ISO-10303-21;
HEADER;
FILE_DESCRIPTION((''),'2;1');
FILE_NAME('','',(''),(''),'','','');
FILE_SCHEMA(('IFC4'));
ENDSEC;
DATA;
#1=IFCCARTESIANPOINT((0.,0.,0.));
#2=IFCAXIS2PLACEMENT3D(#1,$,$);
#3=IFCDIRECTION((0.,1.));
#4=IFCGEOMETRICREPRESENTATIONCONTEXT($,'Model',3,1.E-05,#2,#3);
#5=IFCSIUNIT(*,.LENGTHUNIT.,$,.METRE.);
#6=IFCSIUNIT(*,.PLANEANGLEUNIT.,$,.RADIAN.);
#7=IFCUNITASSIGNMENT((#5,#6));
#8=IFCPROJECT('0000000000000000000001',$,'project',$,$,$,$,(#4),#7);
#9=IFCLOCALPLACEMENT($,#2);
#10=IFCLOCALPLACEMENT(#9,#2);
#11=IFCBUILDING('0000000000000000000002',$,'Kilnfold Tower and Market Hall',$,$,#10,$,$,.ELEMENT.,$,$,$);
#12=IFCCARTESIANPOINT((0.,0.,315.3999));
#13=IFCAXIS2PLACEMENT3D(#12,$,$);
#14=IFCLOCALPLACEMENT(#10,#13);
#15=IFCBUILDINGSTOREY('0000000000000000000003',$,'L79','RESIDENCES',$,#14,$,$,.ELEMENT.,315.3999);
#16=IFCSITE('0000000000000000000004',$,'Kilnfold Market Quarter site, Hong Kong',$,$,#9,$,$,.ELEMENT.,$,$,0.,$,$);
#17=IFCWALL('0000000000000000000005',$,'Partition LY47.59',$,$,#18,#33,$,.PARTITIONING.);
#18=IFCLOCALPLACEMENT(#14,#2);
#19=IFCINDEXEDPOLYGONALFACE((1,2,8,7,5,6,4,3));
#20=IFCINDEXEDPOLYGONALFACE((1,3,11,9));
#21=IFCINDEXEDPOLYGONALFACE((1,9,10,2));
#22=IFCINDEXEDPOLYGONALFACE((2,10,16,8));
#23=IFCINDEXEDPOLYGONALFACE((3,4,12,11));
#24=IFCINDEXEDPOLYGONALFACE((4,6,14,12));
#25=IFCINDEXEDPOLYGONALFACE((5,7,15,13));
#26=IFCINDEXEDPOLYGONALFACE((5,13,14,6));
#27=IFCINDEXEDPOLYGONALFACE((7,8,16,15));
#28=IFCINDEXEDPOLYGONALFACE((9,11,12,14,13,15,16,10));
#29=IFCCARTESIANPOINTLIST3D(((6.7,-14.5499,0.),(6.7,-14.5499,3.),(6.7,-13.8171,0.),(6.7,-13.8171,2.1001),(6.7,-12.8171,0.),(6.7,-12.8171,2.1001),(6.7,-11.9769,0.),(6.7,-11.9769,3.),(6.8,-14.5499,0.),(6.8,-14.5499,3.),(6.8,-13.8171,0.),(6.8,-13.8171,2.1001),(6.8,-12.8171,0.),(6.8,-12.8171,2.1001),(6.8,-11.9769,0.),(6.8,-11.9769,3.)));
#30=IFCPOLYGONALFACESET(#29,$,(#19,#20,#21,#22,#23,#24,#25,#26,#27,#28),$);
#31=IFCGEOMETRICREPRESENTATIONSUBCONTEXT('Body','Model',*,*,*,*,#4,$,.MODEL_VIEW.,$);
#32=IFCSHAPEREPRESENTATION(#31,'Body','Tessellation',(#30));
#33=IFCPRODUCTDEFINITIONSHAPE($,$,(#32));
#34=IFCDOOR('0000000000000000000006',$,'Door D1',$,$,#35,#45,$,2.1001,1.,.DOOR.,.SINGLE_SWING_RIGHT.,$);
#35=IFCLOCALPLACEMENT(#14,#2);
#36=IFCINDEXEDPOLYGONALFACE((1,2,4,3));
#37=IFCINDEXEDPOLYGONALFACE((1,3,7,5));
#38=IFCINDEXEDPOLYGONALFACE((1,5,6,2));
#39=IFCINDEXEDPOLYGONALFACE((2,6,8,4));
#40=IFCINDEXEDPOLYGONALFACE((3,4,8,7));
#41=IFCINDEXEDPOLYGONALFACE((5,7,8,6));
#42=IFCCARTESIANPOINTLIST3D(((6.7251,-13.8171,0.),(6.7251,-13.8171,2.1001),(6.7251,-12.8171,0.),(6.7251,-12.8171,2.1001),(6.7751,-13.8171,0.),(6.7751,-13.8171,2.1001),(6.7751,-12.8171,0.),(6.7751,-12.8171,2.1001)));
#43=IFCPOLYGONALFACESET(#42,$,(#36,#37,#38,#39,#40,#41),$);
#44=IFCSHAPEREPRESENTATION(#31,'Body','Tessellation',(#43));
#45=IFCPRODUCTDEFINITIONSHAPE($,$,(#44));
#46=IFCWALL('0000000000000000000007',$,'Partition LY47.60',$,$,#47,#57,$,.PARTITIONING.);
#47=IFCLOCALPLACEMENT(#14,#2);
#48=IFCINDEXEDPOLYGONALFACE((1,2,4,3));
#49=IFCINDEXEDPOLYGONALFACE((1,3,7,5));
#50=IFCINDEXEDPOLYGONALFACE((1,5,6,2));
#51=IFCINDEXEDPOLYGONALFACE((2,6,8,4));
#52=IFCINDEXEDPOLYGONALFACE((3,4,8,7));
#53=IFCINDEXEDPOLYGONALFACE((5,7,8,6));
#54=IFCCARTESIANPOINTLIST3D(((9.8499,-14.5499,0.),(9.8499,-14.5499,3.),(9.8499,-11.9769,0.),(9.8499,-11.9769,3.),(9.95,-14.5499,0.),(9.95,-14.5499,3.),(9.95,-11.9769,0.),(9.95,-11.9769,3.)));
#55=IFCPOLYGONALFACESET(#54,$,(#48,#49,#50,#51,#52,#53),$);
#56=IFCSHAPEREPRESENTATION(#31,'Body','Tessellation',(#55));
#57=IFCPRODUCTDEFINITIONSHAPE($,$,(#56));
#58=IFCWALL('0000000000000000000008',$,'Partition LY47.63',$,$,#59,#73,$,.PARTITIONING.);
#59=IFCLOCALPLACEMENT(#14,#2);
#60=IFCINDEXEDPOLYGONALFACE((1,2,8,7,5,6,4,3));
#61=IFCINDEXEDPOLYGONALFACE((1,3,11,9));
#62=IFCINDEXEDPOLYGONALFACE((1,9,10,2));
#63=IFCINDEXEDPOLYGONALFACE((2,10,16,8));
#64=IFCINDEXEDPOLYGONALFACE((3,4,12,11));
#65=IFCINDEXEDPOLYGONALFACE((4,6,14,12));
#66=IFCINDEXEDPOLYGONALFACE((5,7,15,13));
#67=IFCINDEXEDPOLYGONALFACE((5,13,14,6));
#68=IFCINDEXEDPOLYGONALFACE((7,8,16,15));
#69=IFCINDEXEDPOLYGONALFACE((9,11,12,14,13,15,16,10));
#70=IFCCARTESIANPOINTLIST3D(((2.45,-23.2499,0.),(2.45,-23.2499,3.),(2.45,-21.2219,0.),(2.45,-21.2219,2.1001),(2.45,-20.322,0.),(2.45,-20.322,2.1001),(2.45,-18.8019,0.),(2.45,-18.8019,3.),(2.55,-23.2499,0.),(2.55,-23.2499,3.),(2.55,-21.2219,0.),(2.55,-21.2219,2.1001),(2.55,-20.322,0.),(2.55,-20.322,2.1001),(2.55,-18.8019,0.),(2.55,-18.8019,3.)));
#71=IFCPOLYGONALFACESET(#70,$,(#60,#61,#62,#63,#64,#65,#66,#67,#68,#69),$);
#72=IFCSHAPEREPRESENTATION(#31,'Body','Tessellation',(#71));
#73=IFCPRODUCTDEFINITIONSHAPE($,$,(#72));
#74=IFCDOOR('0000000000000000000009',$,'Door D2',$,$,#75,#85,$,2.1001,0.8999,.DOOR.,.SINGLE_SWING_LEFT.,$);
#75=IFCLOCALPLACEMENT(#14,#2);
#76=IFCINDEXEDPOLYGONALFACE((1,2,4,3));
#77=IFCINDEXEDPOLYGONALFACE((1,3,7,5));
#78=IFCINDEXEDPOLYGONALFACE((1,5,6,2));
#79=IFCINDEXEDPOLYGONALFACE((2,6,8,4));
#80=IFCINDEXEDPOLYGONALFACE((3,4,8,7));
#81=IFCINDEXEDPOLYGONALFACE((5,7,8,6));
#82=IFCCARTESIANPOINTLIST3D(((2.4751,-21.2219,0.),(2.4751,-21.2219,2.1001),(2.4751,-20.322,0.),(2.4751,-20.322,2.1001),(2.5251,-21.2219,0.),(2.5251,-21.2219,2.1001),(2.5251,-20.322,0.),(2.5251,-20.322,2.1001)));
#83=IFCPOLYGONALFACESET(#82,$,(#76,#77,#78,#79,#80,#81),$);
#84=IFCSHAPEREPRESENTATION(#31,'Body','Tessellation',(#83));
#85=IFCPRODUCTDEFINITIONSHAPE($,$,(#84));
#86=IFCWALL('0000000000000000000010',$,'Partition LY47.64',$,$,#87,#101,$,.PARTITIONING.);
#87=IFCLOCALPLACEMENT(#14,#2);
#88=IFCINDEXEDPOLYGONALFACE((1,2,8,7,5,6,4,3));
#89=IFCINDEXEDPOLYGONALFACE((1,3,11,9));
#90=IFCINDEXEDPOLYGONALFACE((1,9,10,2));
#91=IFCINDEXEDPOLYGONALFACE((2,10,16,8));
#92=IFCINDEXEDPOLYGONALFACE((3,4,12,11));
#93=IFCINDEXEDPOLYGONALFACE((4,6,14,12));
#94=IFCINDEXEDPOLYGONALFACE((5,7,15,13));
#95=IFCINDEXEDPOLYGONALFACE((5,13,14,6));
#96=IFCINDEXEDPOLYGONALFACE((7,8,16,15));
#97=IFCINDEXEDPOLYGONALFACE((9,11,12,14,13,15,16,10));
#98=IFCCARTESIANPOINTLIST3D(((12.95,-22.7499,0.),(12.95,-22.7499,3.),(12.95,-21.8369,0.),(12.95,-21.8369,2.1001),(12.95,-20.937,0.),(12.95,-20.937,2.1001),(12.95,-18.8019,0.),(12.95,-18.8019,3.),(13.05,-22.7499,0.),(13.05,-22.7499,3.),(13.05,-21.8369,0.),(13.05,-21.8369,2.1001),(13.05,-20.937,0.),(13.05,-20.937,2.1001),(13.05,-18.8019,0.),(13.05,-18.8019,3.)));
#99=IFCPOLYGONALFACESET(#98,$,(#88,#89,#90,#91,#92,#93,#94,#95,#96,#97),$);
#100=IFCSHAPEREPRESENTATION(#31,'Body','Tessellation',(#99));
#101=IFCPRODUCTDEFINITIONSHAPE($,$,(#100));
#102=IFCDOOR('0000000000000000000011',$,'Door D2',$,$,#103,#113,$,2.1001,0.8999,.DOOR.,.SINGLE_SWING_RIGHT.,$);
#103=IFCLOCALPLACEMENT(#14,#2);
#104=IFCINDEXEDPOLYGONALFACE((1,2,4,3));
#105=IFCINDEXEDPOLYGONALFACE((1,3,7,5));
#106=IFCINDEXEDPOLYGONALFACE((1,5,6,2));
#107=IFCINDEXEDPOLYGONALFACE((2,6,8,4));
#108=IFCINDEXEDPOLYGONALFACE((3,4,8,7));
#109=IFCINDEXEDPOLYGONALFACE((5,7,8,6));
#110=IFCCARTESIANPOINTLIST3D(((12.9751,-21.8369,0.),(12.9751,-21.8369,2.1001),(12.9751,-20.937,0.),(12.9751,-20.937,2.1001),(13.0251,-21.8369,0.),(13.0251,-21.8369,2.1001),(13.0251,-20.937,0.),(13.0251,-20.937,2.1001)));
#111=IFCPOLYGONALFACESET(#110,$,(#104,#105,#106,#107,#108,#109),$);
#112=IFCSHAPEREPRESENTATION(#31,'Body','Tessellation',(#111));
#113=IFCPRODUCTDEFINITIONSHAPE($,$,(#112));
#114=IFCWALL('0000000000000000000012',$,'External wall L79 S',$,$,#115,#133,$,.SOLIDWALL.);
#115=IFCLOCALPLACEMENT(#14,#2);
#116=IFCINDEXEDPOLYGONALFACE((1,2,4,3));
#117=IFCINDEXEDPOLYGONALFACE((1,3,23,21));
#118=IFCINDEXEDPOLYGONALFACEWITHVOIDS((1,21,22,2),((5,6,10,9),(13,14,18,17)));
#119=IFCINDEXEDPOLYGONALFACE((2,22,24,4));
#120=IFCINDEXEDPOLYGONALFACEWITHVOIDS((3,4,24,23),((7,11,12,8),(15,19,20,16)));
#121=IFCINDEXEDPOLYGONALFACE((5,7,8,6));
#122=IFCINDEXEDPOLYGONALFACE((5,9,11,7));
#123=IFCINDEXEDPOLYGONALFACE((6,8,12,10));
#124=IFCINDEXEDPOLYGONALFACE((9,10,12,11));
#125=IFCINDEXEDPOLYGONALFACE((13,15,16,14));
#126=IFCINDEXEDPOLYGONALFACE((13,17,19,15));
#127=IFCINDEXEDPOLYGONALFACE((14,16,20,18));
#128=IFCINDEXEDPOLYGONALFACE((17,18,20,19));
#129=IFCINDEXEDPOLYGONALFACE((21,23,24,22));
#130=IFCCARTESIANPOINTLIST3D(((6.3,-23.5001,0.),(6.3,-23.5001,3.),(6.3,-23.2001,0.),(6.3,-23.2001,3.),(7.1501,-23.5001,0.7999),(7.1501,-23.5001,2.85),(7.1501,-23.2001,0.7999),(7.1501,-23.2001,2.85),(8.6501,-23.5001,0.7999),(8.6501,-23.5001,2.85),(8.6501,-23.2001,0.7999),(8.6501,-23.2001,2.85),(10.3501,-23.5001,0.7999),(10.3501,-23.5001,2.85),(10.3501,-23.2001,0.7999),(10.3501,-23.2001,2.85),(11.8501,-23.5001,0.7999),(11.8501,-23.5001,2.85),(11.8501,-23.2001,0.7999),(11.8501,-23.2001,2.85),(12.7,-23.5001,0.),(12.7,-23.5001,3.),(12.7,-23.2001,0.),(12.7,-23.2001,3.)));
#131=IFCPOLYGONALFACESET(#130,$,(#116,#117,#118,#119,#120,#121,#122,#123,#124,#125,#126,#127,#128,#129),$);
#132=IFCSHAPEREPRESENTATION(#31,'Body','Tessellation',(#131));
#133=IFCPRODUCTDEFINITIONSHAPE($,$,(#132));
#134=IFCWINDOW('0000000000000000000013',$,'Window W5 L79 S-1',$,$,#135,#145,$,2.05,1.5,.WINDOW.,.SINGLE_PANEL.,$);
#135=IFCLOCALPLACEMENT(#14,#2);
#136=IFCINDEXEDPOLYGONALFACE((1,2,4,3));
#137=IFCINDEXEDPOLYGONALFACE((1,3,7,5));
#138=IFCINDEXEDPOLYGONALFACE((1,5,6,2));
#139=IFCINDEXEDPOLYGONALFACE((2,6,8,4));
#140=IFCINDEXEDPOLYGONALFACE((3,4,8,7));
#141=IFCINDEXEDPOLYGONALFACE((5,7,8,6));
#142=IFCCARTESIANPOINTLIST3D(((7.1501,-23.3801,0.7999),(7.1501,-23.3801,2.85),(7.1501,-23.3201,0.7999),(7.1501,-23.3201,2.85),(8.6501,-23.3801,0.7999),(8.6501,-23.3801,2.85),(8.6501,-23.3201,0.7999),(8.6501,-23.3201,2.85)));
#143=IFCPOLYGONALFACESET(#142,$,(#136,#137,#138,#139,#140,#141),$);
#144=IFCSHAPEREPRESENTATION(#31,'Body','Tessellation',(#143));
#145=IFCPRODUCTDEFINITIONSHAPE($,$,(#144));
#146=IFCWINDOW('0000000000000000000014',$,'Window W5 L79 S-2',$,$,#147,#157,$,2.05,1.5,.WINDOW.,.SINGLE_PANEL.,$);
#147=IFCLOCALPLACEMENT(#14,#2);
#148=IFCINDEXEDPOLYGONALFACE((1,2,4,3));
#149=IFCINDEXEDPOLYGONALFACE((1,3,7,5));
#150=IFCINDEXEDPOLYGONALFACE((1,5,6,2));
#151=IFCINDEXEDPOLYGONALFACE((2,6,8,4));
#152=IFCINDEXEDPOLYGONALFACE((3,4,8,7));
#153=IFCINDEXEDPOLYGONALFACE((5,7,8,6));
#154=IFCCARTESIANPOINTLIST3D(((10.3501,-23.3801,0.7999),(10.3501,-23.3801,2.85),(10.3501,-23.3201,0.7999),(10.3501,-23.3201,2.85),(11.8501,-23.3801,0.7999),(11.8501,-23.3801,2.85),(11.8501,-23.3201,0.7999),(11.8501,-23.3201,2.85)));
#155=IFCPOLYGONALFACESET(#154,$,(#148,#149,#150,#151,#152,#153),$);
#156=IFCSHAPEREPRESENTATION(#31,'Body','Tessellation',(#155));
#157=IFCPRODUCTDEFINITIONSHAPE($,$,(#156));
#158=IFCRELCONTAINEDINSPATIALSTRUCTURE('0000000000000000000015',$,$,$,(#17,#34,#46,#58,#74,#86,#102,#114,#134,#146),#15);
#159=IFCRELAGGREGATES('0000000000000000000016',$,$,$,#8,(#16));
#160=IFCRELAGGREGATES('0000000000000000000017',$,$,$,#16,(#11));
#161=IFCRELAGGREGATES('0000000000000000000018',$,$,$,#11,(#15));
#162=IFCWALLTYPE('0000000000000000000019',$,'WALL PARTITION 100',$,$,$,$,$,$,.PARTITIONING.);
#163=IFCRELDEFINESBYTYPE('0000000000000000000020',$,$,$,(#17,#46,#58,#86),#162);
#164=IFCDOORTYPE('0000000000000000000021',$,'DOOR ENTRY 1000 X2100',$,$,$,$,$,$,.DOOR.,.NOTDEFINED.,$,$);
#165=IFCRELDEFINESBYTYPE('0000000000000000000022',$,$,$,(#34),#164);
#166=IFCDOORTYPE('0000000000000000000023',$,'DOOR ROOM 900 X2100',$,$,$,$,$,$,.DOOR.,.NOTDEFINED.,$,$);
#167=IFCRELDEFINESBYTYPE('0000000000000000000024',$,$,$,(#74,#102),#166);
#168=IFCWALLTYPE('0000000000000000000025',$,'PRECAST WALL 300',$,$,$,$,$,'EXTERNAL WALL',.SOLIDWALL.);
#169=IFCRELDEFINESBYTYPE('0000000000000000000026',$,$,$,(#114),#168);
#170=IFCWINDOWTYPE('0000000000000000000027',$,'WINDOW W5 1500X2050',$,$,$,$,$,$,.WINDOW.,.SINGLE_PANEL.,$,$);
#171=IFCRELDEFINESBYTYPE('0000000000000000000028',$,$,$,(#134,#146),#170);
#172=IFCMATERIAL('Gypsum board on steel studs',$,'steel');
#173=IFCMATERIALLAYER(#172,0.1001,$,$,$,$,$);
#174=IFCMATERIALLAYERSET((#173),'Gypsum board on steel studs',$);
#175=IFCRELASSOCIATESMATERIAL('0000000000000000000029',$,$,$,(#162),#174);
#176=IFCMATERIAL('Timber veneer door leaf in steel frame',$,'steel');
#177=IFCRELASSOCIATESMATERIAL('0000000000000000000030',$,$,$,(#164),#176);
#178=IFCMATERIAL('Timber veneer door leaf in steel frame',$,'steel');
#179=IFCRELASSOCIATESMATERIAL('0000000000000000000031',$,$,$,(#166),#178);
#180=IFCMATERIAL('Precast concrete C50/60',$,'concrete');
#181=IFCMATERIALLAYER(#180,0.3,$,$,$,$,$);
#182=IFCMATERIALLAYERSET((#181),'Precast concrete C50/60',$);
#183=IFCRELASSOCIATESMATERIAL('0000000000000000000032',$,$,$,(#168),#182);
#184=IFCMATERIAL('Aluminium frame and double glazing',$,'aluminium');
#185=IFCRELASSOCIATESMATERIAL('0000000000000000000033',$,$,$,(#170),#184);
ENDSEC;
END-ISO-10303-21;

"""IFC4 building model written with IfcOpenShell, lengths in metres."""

from ifc_helpers import new_model, si_unit, direction, frame, frame_2d, origin, place, context, subcontext, project, spatial, rectangle, extrude, source, transform, mapped, material, layer, layer_set, type_object, element, fill, save


model = new_model("IFC4")

# Units and contexts
model_context = context("Model", 3, precision=1e-05, world=origin(), true_north=direction((0.0, 1.0)))
body_context = subcontext(model_context, "Body", "Model", "MODEL_VIEW")
ifc_project = project(units=[si_unit("LENGTHUNIT", "METRE"), si_unit("PLANEANGLEUNIT", "RADIAN")], contexts=[model_context])

# Site, building, storey
site_placement = place(None, origin())
site = spatial("IfcSite", under=ifc_project, at=site_placement, Name="Kilnfold Market Quarter site, Hong Kong", CompositionType="ELEMENT", RefElevation=0.0)
building_placement = place(site_placement, origin())
building = spatial("IfcBuilding", under=site, at=building_placement, Name="Kilnfold Tower and Market Hall", CompositionType="ELEMENT")
storey_placement = place(building_placement, frame((0.0, 0.0, 315.3999)))
storey = spatial("IfcBuildingStorey", under=building, at=storey_placement, Name="L79", Description="RESIDENCES", CompositionType="ELEMENT", Elevation=315.3999)

# Shared definitions
ifc_material_1 = material(Name="Gypsum board on steel studs", Category="steel")
ifc_layer_1 = layer(ifc_material_1, 0.1001)
ifc_layer_set_1 = layer_set([ifc_layer_1], Name="Gypsum board on steel studs")
wall_type_1 = type_object("IfcWallType", Name="WALL PARTITION 100", PredefinedType="PARTITIONING", material=ifc_layer_set_1)

# Wall, opening, door
ifc_material_2 = material(Name="Timber veneer door leaf in steel frame", Category="steel")
door_type_1 = type_object("IfcDoorType", Name="DOOR ENTRY 1000 X2100", OperationType="NOTDEFINED", PredefinedType="DOOR", material=ifc_material_2)
wall_1_placement = place(storey_placement, frame((6.75, -14.55, 0.0), z_axis=(0.0, 0.0, 1.0), x_axis=(0.0, 1.0, 0.0)))
wall_1 = element("IfcWall", 1, at=wall_1_placement, inside=storey, type_object=wall_type_1, Name="Partition LY47.59", PredefinedType="PARTITIONING", context=body_context, shape_type="SweptSolid", body=[
    extrude(rectangle(XDim=2.573, YDim=0.1001, at=frame_2d((1.2866, 0.0))), origin(), (0.0, 0.0, 1.0), 3.0),
])
opening_1_placement = place(wall_1_placement, frame((0.7329, 0.0, 0.0)))
opening_1 = element("IfcOpeningElement", 2, at=opening_1_placement, cuts=wall_1, PredefinedType="OPENING", context=body_context, shape_type="SweptSolid", body=[
    extrude(rectangle(XDim=1.0, YDim=2.1001, at=frame_2d((0.5, 1.05))), frame((0.0, 0.0601, 0.0), z_axis=(0.0, -1.0, 0.0), x_axis=(1.0, 0.0, 0.0)), (0.0, 0.0, 1.0), 0.1201),
])
door_1_placement = place(opening_1_placement, origin())
door_1 = element("IfcDoor", 3, at=door_1_placement, inside=storey, type_object=door_type_1, Name="Door D1", OperationType="SINGLE_SWING_RIGHT", OverallHeight=2.1001, OverallWidth=1.0, PredefinedType="DOOR", context=body_context, shape_type="SweptSolid", body=[
    extrude(rectangle(XDim=1.0, YDim=2.1001, at=frame_2d((0.5, 1.05))), frame((0.0, 0.0249, 0.0), z_axis=(0.0, -1.0, 0.0), x_axis=(1.0, 0.0, 0.0)), (0.0, 0.0, 1.0), 0.05),
])
fill(opening_1, door_1)

# Wall
wall_2_placement = place(storey_placement, frame((9.8999, -14.55, 0.0), z_axis=(0.0, 0.0, 1.0), x_axis=(0.0, 1.0, 0.0)))
element("IfcWall", 4, at=wall_2_placement, inside=storey, type_object=wall_type_1, Name="Partition LY47.60", PredefinedType="PARTITIONING", context=body_context, shape_type="SweptSolid", body=[
    extrude(rectangle(XDim=2.573, YDim=0.1001, at=frame_2d((1.2866, 0.0))), origin(), (0.0, 0.0, 1.0), 3.0),
])

# Walls, openings, doors
wall_3_placement = place(storey_placement, frame((2.5, -23.25, 0.0), z_axis=(0.0, 0.0, 1.0), x_axis=(0.0, 1.0, 0.0)))
wall_3 = element("IfcWall", 5, at=wall_3_placement, inside=storey, type_object=wall_type_1, Name="Partition LY47.63", PredefinedType="PARTITIONING", context=body_context, shape_type="SweptSolid", body=[
    extrude(rectangle(XDim=4.448, YDim=0.1001, at=frame_2d((2.2241, 0.0))), origin(), (0.0, 0.0, 1.0), 3.0),
])
opening_2_placement = place(wall_3_placement, frame((2.0281, 0.0, 0.0)))
opening_2 = element("IfcOpeningElement", 6, at=opening_2_placement, cuts=wall_3, PredefinedType="OPENING", context=body_context, shape_type="SweptSolid", body=[
    extrude(rectangle(XDim=0.8999, YDim=2.1001, at=frame_2d((0.45, 1.05))), frame((0.0, 0.0601, 0.0), z_axis=(0.0, -1.0, 0.0), x_axis=(1.0, 0.0, 0.0)), (0.0, 0.0, 1.0), 0.1201),
])
ifc_material_3 = material(Name="Timber veneer door leaf in steel frame", Category="steel")
door_type_2 = type_object("IfcDoorType", Name="DOOR ROOM 900 X2100", OperationType="NOTDEFINED", PredefinedType="DOOR", material=ifc_material_3)
door_2_placement = place(opening_2_placement, origin())
door_2 = element("IfcDoor", 7, at=door_2_placement, inside=storey, type_object=door_type_2, Name="Door D2", OperationType="SINGLE_SWING_LEFT", OverallHeight=2.1001, OverallWidth=0.8999, PredefinedType="DOOR", context=body_context, shape_type="SweptSolid", body=[
    extrude(rectangle(XDim=0.8999, YDim=2.1001, at=frame_2d((0.45, 1.05))), frame((0.0, 0.0249, 0.0), z_axis=(0.0, -1.0, 0.0), x_axis=(1.0, 0.0, 0.0)), (0.0, 0.0, 1.0), 0.05),
])
fill(opening_2, door_2)
wall_4_placement = place(storey_placement, frame((13.0, -22.75, 0.0), z_axis=(0.0, 0.0, 1.0), x_axis=(0.0, 1.0, 0.0)))
wall_4 = element("IfcWall", 8, at=wall_4_placement, inside=storey, type_object=wall_type_1, Name="Partition LY47.64", PredefinedType="PARTITIONING", context=body_context, shape_type="SweptSolid", body=[
    extrude(rectangle(XDim=3.948, YDim=0.1001, at=frame_2d((1.9741, 0.0))), origin(), (0.0, 0.0, 1.0), 3.0),
])
opening_3_placement = place(wall_4_placement, frame((0.9131, 0.0, 0.0)))
opening_3 = element("IfcOpeningElement", 9, at=opening_3_placement, cuts=wall_4, PredefinedType="OPENING", context=body_context, shape_type="SweptSolid", body=[
    extrude(rectangle(XDim=0.8999, YDim=2.1001, at=frame_2d((0.45, 1.05))), frame((0.0, 0.0601, 0.0), z_axis=(0.0, -1.0, 0.0), x_axis=(1.0, 0.0, 0.0)), (0.0, 0.0, 1.0), 0.1201),
])
door_3_placement = place(opening_3_placement, origin())
door_3 = element("IfcDoor", 10, at=door_3_placement, inside=storey, type_object=door_type_2, Name="Door D2", OperationType="SINGLE_SWING_RIGHT", OverallHeight=2.1001, OverallWidth=0.8999, PredefinedType="DOOR", context=body_context, shape_type="SweptSolid", body=[
    extrude(rectangle(XDim=0.8999, YDim=2.1001, at=frame_2d((0.45, 1.05))), frame((0.0, 0.0249, 0.0), z_axis=(0.0, -1.0, 0.0), x_axis=(1.0, 0.0, 0.0)), (0.0, 0.0, 1.0), 0.05),
])
fill(opening_3, door_3)

# Wall, openings, windows
ifc_material_4 = material(Name="Precast concrete C50/60", Category="concrete")
ifc_layer_2 = layer(ifc_material_4, 0.3)
ifc_layer_set_2 = layer_set([ifc_layer_2], Name="Precast concrete C50/60")
wall_type_2 = type_object("IfcWallType", Name="PRECAST WALL 300", ElementType="EXTERNAL WALL", PredefinedType="SOLIDWALL", material=ifc_layer_set_2)
shared_shape_1 = source(origin(), body_context, "Body", "SweptSolid", [
    extrude(rectangle(XDim=6.3999, YDim=0.3, at=frame_2d((3.2, 0.0))), origin(), (0.0, 0.0, 1.0), 3.0),
])
wall_5_placement = place(storey_placement, frame((6.3, -23.3501, 0.0), z_axis=(0.0, 0.0, 1.0), x_axis=(1.0, 0.0, 0.0)))
wall_5 = element("IfcWall", 11, at=wall_5_placement, inside=storey, type_object=wall_type_2, Name="External wall L79 S", PredefinedType="SOLIDWALL", context=body_context, shape_type="MappedRepresentation", body=[
    mapped(shared_shape_1, transform((0.0, 0.0, 0.0))),
])
opening_4_placement = place(wall_5_placement, frame((0.8501, 0.0, 0.8)))
opening_4 = element("IfcOpeningElement", 12, at=opening_4_placement, cuts=wall_5, PredefinedType="OPENING", context=body_context, shape_type="SweptSolid", body=[
    extrude(rectangle(XDim=1.5, YDim=2.05, at=frame_2d((0.75, 1.0249))), frame((0.0, 0.1602, 0.0), z_axis=(0.0, -1.0, 0.0), x_axis=(1.0, 0.0, 0.0)), (0.0, 0.0, 1.0), 0.3201),
])
opening_5_placement = place(wall_5_placement, frame((4.05, 0.0, 0.8)))
opening_5 = element("IfcOpeningElement", 13, at=opening_5_placement, cuts=wall_5, PredefinedType="OPENING", context=body_context, shape_type="SweptSolid", body=[
    extrude(rectangle(XDim=1.5, YDim=2.05, at=frame_2d((0.75, 1.0249))), frame((0.0, 0.1602, 0.0), z_axis=(0.0, -1.0, 0.0), x_axis=(1.0, 0.0, 0.0)), (0.0, 0.0, 1.0), 0.3201),
])
ifc_material_5 = material(Name="Aluminium frame and double glazing", Category="aluminium")
window_type = type_object("IfcWindowType", Name="WINDOW W5 1500X2050", PartitioningType="SINGLE_PANEL", PredefinedType="WINDOW", material=ifc_material_5)
window_1_placement = place(opening_4_placement, origin())
window_1 = element("IfcWindow", 14, at=window_1_placement, inside=storey, type_object=window_type, Name="Window W5 L79 S-1", OverallHeight=2.05, OverallWidth=1.5, PartitioningType="SINGLE_PANEL", PredefinedType="WINDOW", context=body_context, shape_type="SweptSolid", body=[
    extrude(rectangle(XDim=1.5, YDim=2.05, at=frame_2d((0.75, 1.0249))), frame((0.0, 0.03, 0.0), z_axis=(0.0, -1.0, 0.0), x_axis=(1.0, 0.0, 0.0)), (0.0, 0.0, 1.0), 0.0601),
])
fill(opening_4, window_1)
window_2_placement = place(opening_5_placement, origin())
window_2 = element("IfcWindow", 15, at=window_2_placement, inside=storey, type_object=window_type, Name="Window W5 L79 S-2", OverallHeight=2.05, OverallWidth=1.5, PartitioningType="SINGLE_PANEL", PredefinedType="WINDOW", context=body_context, shape_type="SweptSolid", body=[
    extrude(rectangle(XDim=1.5, YDim=2.05, at=frame_2d((0.75, 1.0249))), frame((0.0, 0.03, 0.0), z_axis=(0.0, -1.0, 0.0), x_axis=(1.0, 0.0, 0.0)), (0.0, 0.0, 1.0), 0.0601),
])
fill(opening_5, window_2)

save(model, "model.ifc")
